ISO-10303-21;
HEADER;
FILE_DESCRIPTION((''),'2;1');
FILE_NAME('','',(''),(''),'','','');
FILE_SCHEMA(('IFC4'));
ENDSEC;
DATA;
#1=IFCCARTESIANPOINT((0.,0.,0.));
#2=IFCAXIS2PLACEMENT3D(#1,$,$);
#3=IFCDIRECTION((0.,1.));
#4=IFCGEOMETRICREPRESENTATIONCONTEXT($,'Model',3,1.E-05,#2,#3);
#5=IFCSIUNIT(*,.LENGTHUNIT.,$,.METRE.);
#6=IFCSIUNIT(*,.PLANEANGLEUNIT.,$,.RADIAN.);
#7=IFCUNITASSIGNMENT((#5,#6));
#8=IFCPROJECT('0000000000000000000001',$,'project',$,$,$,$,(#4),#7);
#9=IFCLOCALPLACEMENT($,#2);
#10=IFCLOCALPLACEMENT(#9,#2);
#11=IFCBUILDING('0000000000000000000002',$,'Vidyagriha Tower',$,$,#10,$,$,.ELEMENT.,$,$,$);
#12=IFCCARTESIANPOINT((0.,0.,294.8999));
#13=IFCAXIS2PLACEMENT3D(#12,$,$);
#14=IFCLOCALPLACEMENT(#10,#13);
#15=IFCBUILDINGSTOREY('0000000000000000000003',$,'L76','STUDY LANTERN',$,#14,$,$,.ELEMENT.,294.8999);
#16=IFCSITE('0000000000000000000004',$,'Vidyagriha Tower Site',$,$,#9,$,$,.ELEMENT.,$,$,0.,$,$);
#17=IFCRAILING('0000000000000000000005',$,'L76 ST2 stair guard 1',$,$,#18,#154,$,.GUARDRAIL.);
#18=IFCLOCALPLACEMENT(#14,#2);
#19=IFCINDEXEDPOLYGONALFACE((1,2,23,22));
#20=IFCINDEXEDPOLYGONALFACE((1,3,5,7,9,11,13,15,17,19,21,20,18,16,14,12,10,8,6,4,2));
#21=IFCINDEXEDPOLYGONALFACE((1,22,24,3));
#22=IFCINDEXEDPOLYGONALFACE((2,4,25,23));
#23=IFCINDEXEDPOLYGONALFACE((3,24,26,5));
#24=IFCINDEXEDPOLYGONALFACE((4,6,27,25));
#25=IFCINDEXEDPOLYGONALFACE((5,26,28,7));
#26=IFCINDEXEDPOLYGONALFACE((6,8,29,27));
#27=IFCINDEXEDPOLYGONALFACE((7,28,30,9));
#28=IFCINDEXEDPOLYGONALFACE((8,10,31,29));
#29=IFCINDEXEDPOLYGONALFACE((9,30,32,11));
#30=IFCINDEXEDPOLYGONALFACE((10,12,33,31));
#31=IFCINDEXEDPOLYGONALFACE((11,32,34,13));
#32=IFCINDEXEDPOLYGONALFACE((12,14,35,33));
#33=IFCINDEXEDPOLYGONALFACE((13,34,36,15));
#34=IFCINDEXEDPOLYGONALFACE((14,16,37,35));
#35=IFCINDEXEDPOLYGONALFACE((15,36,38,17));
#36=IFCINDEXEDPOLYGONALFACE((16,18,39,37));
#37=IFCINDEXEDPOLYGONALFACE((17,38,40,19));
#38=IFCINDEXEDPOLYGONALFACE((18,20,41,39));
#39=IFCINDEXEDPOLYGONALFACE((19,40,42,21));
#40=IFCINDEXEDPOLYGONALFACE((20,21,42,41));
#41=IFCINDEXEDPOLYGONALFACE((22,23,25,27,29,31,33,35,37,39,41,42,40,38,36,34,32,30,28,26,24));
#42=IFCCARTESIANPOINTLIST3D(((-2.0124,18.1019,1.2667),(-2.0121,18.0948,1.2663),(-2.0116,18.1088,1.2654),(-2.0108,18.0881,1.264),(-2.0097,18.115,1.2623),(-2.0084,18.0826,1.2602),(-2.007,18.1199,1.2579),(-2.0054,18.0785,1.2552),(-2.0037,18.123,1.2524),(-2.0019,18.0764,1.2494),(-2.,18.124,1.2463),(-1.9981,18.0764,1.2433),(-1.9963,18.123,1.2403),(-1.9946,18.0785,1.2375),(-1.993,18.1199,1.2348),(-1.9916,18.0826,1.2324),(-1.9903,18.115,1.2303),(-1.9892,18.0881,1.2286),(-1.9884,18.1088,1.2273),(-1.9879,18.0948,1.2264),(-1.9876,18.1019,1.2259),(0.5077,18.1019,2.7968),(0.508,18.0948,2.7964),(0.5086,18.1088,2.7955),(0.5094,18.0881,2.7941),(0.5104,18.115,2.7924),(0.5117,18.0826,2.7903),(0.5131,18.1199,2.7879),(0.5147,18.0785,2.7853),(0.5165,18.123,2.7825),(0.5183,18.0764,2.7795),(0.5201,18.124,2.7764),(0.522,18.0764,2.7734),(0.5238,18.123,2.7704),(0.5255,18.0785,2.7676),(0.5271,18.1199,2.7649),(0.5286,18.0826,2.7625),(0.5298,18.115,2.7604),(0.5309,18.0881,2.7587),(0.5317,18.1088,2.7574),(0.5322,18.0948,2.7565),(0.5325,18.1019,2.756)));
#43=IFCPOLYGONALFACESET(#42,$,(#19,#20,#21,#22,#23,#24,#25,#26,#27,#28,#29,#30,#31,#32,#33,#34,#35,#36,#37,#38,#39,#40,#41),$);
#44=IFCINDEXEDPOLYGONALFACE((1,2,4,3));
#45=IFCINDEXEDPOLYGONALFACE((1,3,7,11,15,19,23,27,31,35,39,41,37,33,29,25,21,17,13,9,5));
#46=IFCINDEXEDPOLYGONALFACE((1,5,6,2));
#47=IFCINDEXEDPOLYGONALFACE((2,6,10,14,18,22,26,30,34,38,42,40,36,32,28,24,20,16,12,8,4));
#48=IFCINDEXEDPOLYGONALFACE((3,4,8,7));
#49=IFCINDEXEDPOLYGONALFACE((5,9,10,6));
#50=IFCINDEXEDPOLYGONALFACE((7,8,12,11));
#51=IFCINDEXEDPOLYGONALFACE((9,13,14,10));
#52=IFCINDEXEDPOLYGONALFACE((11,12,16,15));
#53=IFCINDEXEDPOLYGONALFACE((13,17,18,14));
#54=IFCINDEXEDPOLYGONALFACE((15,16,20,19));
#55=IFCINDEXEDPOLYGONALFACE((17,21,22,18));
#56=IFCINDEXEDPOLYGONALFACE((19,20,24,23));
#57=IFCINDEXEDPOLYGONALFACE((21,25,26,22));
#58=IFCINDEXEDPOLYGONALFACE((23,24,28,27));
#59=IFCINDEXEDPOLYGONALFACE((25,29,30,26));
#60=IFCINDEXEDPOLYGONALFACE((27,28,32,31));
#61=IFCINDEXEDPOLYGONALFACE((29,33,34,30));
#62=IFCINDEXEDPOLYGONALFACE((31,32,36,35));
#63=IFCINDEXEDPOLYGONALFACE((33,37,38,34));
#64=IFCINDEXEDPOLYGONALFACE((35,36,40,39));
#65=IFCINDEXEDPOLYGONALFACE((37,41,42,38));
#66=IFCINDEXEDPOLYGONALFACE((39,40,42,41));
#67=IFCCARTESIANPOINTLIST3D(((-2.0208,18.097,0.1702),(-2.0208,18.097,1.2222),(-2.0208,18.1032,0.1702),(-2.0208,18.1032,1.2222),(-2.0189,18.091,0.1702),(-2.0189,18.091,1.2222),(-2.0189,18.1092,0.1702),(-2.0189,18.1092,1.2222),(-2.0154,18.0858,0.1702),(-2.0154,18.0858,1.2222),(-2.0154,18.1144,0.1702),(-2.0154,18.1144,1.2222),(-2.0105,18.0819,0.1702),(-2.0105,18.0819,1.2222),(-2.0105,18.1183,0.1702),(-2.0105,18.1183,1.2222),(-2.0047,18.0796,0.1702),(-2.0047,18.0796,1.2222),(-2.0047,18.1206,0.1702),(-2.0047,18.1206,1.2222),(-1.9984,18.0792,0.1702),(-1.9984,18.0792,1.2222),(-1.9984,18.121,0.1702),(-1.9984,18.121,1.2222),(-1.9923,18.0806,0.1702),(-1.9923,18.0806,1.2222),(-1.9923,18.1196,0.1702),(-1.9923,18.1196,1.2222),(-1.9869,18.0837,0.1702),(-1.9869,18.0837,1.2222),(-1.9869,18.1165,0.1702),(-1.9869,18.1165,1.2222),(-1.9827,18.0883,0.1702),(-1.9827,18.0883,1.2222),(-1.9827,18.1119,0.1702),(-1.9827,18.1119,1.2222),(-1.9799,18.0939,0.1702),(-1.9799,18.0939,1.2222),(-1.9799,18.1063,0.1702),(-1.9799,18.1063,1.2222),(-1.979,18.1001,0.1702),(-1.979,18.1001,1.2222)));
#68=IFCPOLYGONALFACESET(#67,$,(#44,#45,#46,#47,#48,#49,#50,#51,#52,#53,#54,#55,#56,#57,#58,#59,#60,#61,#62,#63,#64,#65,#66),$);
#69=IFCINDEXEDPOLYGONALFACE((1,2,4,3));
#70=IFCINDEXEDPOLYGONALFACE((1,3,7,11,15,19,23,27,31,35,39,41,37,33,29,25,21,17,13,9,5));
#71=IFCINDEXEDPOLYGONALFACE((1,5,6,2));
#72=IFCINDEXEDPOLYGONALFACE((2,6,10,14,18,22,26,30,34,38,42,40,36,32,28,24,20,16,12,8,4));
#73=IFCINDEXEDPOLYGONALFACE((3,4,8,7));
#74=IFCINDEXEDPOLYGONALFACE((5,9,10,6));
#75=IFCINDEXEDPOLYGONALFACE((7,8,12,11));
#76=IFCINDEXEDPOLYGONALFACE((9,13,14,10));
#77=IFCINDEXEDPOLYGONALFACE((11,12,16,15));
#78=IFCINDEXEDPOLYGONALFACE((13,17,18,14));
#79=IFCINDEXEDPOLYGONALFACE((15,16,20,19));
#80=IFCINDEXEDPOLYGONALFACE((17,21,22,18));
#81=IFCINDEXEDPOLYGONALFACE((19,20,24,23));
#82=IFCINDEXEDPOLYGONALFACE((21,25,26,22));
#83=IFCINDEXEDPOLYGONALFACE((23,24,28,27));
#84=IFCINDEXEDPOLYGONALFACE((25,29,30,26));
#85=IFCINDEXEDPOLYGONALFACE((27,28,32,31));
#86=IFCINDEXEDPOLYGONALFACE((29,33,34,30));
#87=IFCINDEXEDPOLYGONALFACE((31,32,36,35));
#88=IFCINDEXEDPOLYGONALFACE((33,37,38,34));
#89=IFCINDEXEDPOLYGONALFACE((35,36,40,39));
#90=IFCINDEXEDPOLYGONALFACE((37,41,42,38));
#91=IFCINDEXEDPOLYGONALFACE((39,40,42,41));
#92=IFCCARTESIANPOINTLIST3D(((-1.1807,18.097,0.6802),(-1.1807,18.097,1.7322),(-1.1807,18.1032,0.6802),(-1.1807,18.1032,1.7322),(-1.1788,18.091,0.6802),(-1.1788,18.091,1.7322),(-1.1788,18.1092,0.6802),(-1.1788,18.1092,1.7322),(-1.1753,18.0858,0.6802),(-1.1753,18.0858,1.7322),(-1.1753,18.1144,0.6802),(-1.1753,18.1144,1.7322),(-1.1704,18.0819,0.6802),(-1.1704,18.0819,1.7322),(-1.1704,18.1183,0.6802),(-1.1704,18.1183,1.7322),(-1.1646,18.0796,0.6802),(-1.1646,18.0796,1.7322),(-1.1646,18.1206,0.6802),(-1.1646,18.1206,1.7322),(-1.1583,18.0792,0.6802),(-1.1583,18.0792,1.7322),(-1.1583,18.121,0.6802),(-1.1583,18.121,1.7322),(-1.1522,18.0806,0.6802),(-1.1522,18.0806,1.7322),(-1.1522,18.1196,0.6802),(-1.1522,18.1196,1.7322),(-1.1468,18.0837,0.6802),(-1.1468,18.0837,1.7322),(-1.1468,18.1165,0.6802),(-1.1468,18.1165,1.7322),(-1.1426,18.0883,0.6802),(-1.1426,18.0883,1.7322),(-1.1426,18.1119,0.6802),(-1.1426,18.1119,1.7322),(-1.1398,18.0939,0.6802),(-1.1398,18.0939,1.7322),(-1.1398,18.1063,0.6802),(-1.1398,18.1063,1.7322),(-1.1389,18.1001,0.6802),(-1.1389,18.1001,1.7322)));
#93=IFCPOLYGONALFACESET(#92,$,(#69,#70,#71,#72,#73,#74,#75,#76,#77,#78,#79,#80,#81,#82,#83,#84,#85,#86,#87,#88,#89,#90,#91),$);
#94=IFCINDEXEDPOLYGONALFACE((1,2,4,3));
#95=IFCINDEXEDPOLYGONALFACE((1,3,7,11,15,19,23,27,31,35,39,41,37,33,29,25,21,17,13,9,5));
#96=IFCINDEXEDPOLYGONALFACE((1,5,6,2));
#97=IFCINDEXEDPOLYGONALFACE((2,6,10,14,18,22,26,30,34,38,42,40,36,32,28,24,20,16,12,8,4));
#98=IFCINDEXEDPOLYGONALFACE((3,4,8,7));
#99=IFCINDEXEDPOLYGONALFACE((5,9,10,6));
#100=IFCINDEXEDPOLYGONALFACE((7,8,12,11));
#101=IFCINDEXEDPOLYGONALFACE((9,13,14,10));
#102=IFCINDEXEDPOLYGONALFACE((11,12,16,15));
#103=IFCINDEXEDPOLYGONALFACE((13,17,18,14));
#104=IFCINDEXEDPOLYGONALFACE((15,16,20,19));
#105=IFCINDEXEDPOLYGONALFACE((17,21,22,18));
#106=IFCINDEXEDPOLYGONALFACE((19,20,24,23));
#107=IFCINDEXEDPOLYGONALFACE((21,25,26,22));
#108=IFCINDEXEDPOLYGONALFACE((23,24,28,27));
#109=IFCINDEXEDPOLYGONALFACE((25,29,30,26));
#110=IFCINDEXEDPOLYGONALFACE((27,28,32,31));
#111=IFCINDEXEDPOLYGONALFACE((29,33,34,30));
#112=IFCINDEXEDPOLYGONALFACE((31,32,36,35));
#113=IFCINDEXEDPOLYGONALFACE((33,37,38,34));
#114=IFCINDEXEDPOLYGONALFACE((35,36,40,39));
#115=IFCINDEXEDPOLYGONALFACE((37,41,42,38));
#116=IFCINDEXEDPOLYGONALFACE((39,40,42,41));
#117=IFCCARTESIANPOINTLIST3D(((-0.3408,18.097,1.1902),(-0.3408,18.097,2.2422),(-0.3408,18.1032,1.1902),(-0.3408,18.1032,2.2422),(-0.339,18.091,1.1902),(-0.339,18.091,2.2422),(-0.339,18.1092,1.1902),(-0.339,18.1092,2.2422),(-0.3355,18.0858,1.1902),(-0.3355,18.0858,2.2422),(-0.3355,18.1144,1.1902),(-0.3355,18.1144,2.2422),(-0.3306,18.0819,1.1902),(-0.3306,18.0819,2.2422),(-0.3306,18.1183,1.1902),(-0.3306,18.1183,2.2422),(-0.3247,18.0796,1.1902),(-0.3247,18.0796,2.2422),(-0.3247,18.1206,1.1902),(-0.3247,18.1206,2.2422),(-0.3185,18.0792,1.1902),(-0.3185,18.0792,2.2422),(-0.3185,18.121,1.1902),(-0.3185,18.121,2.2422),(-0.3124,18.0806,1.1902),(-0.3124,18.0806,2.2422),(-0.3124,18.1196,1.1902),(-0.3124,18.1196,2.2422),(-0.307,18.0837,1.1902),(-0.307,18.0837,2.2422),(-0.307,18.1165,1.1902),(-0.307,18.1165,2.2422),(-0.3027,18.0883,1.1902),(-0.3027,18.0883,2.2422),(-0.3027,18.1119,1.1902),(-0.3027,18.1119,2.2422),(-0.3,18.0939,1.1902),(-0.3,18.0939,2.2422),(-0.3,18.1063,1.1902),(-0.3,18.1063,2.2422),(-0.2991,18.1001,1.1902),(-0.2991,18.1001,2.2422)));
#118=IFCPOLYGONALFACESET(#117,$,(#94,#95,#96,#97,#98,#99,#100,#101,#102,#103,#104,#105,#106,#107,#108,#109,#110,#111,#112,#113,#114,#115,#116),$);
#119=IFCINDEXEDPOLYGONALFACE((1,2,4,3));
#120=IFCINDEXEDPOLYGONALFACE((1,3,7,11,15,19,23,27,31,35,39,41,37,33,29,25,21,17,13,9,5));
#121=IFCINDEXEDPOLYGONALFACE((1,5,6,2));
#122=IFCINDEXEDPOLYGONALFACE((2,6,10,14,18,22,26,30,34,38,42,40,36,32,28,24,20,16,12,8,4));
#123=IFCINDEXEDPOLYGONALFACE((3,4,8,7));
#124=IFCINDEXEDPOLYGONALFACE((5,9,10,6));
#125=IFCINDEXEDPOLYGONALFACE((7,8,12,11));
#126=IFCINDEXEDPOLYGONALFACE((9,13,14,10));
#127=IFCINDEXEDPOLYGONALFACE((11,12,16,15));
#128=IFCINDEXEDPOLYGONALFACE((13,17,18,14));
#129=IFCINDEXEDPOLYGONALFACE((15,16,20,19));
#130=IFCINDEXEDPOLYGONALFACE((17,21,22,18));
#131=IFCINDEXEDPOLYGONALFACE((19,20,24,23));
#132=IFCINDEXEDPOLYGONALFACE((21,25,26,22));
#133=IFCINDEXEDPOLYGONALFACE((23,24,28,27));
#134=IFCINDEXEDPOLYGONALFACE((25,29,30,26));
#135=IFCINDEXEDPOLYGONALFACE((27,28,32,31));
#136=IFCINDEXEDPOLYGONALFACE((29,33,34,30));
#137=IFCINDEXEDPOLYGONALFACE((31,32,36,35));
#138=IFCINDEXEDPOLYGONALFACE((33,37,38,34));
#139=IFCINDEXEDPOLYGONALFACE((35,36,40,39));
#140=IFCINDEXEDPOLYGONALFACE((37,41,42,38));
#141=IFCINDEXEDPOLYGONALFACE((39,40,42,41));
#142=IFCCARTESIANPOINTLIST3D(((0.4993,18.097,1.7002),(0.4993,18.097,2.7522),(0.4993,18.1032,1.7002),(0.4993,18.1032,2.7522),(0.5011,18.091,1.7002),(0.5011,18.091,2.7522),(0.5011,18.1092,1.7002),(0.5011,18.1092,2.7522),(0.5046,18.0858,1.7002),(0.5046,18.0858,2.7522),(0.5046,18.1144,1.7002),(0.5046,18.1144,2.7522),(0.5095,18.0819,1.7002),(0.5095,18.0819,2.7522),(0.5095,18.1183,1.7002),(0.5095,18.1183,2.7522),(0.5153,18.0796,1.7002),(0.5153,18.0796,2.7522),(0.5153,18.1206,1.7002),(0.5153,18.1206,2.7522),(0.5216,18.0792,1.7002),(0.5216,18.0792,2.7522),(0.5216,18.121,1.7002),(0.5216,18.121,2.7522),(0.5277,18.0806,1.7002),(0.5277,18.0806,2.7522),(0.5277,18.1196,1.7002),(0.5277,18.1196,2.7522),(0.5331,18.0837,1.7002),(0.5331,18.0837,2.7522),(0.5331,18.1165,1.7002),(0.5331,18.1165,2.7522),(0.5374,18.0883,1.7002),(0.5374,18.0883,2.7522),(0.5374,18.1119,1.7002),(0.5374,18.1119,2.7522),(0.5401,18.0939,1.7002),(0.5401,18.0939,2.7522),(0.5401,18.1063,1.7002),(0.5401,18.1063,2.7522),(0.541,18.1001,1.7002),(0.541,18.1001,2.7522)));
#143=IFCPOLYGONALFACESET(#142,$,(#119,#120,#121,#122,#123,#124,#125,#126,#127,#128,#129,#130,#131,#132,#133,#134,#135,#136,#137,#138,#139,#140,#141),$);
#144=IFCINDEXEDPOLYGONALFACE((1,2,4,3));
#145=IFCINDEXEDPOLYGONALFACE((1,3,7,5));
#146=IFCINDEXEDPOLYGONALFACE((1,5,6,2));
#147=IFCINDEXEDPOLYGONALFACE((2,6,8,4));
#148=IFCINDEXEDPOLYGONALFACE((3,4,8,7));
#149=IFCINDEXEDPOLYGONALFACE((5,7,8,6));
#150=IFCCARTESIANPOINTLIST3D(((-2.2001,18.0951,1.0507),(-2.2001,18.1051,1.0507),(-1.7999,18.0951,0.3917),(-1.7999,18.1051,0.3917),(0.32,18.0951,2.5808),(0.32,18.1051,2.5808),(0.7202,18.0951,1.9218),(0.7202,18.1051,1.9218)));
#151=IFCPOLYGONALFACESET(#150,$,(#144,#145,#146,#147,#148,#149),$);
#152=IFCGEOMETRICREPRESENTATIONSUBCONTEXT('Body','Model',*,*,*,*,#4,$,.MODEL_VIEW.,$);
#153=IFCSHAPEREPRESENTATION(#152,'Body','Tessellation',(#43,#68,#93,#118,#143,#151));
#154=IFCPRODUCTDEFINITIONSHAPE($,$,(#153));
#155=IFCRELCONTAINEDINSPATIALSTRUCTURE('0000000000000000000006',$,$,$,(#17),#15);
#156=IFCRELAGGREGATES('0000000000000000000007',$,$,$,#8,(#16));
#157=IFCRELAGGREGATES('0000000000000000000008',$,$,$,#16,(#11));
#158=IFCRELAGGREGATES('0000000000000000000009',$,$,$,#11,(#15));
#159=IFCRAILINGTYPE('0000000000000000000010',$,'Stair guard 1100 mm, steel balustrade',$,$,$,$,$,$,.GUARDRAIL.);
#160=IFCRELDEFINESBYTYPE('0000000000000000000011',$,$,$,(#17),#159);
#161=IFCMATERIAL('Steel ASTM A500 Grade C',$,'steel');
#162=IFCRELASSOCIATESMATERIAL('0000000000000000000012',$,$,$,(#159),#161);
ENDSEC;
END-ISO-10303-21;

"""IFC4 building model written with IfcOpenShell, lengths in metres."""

from ifc_helpers import new_model, si_unit, direction, frame, origin, origin_2d, place, context, subcontext, project, spatial, rectangle, circle, extrude, material, type_object, element, save


model = new_model("IFC4")

# Units and contexts
model_context = context("Model", 3, precision=1e-05, world=origin(), true_north=direction((0.0, 1.0)))
body_context = subcontext(model_context, "Body", "Model", "MODEL_VIEW")
ifc_project = project(units=[si_unit("LENGTHUNIT", "METRE"), si_unit("PLANEANGLEUNIT", "RADIAN")], contexts=[model_context])

# Site, building, storey
site_placement = place(None, origin())
site = spatial("IfcSite", under=ifc_project, at=site_placement, Name="Vidyagriha Tower Site", CompositionType="ELEMENT", RefElevation=0.0)
building_placement = place(site_placement, origin())
building = spatial("IfcBuilding", under=site, at=building_placement, Name="Vidyagriha Tower", CompositionType="ELEMENT")
storey_placement = place(building_placement, frame((0.0, 0.0, 294.8999)))
storey = spatial("IfcBuildingStorey", under=building, at=storey_placement, Name="L76", Description="STUDY LANTERN", CompositionType="ELEMENT", Elevation=294.8999)

# Railing
ifc_material_1 = material(Name="Steel ASTM A500 Grade C", Category="steel")
railing_type_1 = type_object("IfcRailingType", Name="Stair guard 1100 mm, steel balustrade", PredefinedType="GUARDRAIL", material=ifc_material_1)
railing_1_placement = place(storey_placement, frame((-2.0, 18.1001, 0.1702)))
element("IfcRailing", 1, at=railing_1_placement, inside=storey, type_object=railing_type_1, Name="L76 ST2 stair guard 1", PredefinedType="GUARDRAIL", context=body_context, shape_type="SweptSolid", body=[
    extrude(circle(Radius=0.0239, at=origin_2d()), frame((0.0, 0.0, 1.0762), z_axis=(0.854785, 0.0, 0.518982), x_axis=(0.0, 1.0, 0.0)), (0.0, 0.0, 1.0), 2.9482),
    extrude(circle(Radius=0.021, at=origin_2d()), origin(), (0.0, 0.0, 1.0), 1.052),
    extrude(circle(Radius=0.021, at=origin_2d()), frame((0.8401, 0.0, 0.51)), (0.0, 0.0, 1.0), 1.052),
    extrude(circle(Radius=0.021, at=origin_2d()), frame((1.6799, 0.0, 1.02)), (0.0, 0.0, 1.0), 1.052),
    extrude(circle(Radius=0.021, at=origin_2d()), frame((2.52, 0.0, 1.53)), (0.0, 0.0, 1.0), 1.052),
    extrude(rectangle(XDim=0.01, YDim=0.771, at=origin_2d()), frame((0.0, 0.0, 0.551), z_axis=(0.854785, 0.0, 0.518982), x_axis=(0.0, 1.0, 0.0)), (0.0, 0.0, 1.0), 2.9482),
])

save(model, "model.ifc")
